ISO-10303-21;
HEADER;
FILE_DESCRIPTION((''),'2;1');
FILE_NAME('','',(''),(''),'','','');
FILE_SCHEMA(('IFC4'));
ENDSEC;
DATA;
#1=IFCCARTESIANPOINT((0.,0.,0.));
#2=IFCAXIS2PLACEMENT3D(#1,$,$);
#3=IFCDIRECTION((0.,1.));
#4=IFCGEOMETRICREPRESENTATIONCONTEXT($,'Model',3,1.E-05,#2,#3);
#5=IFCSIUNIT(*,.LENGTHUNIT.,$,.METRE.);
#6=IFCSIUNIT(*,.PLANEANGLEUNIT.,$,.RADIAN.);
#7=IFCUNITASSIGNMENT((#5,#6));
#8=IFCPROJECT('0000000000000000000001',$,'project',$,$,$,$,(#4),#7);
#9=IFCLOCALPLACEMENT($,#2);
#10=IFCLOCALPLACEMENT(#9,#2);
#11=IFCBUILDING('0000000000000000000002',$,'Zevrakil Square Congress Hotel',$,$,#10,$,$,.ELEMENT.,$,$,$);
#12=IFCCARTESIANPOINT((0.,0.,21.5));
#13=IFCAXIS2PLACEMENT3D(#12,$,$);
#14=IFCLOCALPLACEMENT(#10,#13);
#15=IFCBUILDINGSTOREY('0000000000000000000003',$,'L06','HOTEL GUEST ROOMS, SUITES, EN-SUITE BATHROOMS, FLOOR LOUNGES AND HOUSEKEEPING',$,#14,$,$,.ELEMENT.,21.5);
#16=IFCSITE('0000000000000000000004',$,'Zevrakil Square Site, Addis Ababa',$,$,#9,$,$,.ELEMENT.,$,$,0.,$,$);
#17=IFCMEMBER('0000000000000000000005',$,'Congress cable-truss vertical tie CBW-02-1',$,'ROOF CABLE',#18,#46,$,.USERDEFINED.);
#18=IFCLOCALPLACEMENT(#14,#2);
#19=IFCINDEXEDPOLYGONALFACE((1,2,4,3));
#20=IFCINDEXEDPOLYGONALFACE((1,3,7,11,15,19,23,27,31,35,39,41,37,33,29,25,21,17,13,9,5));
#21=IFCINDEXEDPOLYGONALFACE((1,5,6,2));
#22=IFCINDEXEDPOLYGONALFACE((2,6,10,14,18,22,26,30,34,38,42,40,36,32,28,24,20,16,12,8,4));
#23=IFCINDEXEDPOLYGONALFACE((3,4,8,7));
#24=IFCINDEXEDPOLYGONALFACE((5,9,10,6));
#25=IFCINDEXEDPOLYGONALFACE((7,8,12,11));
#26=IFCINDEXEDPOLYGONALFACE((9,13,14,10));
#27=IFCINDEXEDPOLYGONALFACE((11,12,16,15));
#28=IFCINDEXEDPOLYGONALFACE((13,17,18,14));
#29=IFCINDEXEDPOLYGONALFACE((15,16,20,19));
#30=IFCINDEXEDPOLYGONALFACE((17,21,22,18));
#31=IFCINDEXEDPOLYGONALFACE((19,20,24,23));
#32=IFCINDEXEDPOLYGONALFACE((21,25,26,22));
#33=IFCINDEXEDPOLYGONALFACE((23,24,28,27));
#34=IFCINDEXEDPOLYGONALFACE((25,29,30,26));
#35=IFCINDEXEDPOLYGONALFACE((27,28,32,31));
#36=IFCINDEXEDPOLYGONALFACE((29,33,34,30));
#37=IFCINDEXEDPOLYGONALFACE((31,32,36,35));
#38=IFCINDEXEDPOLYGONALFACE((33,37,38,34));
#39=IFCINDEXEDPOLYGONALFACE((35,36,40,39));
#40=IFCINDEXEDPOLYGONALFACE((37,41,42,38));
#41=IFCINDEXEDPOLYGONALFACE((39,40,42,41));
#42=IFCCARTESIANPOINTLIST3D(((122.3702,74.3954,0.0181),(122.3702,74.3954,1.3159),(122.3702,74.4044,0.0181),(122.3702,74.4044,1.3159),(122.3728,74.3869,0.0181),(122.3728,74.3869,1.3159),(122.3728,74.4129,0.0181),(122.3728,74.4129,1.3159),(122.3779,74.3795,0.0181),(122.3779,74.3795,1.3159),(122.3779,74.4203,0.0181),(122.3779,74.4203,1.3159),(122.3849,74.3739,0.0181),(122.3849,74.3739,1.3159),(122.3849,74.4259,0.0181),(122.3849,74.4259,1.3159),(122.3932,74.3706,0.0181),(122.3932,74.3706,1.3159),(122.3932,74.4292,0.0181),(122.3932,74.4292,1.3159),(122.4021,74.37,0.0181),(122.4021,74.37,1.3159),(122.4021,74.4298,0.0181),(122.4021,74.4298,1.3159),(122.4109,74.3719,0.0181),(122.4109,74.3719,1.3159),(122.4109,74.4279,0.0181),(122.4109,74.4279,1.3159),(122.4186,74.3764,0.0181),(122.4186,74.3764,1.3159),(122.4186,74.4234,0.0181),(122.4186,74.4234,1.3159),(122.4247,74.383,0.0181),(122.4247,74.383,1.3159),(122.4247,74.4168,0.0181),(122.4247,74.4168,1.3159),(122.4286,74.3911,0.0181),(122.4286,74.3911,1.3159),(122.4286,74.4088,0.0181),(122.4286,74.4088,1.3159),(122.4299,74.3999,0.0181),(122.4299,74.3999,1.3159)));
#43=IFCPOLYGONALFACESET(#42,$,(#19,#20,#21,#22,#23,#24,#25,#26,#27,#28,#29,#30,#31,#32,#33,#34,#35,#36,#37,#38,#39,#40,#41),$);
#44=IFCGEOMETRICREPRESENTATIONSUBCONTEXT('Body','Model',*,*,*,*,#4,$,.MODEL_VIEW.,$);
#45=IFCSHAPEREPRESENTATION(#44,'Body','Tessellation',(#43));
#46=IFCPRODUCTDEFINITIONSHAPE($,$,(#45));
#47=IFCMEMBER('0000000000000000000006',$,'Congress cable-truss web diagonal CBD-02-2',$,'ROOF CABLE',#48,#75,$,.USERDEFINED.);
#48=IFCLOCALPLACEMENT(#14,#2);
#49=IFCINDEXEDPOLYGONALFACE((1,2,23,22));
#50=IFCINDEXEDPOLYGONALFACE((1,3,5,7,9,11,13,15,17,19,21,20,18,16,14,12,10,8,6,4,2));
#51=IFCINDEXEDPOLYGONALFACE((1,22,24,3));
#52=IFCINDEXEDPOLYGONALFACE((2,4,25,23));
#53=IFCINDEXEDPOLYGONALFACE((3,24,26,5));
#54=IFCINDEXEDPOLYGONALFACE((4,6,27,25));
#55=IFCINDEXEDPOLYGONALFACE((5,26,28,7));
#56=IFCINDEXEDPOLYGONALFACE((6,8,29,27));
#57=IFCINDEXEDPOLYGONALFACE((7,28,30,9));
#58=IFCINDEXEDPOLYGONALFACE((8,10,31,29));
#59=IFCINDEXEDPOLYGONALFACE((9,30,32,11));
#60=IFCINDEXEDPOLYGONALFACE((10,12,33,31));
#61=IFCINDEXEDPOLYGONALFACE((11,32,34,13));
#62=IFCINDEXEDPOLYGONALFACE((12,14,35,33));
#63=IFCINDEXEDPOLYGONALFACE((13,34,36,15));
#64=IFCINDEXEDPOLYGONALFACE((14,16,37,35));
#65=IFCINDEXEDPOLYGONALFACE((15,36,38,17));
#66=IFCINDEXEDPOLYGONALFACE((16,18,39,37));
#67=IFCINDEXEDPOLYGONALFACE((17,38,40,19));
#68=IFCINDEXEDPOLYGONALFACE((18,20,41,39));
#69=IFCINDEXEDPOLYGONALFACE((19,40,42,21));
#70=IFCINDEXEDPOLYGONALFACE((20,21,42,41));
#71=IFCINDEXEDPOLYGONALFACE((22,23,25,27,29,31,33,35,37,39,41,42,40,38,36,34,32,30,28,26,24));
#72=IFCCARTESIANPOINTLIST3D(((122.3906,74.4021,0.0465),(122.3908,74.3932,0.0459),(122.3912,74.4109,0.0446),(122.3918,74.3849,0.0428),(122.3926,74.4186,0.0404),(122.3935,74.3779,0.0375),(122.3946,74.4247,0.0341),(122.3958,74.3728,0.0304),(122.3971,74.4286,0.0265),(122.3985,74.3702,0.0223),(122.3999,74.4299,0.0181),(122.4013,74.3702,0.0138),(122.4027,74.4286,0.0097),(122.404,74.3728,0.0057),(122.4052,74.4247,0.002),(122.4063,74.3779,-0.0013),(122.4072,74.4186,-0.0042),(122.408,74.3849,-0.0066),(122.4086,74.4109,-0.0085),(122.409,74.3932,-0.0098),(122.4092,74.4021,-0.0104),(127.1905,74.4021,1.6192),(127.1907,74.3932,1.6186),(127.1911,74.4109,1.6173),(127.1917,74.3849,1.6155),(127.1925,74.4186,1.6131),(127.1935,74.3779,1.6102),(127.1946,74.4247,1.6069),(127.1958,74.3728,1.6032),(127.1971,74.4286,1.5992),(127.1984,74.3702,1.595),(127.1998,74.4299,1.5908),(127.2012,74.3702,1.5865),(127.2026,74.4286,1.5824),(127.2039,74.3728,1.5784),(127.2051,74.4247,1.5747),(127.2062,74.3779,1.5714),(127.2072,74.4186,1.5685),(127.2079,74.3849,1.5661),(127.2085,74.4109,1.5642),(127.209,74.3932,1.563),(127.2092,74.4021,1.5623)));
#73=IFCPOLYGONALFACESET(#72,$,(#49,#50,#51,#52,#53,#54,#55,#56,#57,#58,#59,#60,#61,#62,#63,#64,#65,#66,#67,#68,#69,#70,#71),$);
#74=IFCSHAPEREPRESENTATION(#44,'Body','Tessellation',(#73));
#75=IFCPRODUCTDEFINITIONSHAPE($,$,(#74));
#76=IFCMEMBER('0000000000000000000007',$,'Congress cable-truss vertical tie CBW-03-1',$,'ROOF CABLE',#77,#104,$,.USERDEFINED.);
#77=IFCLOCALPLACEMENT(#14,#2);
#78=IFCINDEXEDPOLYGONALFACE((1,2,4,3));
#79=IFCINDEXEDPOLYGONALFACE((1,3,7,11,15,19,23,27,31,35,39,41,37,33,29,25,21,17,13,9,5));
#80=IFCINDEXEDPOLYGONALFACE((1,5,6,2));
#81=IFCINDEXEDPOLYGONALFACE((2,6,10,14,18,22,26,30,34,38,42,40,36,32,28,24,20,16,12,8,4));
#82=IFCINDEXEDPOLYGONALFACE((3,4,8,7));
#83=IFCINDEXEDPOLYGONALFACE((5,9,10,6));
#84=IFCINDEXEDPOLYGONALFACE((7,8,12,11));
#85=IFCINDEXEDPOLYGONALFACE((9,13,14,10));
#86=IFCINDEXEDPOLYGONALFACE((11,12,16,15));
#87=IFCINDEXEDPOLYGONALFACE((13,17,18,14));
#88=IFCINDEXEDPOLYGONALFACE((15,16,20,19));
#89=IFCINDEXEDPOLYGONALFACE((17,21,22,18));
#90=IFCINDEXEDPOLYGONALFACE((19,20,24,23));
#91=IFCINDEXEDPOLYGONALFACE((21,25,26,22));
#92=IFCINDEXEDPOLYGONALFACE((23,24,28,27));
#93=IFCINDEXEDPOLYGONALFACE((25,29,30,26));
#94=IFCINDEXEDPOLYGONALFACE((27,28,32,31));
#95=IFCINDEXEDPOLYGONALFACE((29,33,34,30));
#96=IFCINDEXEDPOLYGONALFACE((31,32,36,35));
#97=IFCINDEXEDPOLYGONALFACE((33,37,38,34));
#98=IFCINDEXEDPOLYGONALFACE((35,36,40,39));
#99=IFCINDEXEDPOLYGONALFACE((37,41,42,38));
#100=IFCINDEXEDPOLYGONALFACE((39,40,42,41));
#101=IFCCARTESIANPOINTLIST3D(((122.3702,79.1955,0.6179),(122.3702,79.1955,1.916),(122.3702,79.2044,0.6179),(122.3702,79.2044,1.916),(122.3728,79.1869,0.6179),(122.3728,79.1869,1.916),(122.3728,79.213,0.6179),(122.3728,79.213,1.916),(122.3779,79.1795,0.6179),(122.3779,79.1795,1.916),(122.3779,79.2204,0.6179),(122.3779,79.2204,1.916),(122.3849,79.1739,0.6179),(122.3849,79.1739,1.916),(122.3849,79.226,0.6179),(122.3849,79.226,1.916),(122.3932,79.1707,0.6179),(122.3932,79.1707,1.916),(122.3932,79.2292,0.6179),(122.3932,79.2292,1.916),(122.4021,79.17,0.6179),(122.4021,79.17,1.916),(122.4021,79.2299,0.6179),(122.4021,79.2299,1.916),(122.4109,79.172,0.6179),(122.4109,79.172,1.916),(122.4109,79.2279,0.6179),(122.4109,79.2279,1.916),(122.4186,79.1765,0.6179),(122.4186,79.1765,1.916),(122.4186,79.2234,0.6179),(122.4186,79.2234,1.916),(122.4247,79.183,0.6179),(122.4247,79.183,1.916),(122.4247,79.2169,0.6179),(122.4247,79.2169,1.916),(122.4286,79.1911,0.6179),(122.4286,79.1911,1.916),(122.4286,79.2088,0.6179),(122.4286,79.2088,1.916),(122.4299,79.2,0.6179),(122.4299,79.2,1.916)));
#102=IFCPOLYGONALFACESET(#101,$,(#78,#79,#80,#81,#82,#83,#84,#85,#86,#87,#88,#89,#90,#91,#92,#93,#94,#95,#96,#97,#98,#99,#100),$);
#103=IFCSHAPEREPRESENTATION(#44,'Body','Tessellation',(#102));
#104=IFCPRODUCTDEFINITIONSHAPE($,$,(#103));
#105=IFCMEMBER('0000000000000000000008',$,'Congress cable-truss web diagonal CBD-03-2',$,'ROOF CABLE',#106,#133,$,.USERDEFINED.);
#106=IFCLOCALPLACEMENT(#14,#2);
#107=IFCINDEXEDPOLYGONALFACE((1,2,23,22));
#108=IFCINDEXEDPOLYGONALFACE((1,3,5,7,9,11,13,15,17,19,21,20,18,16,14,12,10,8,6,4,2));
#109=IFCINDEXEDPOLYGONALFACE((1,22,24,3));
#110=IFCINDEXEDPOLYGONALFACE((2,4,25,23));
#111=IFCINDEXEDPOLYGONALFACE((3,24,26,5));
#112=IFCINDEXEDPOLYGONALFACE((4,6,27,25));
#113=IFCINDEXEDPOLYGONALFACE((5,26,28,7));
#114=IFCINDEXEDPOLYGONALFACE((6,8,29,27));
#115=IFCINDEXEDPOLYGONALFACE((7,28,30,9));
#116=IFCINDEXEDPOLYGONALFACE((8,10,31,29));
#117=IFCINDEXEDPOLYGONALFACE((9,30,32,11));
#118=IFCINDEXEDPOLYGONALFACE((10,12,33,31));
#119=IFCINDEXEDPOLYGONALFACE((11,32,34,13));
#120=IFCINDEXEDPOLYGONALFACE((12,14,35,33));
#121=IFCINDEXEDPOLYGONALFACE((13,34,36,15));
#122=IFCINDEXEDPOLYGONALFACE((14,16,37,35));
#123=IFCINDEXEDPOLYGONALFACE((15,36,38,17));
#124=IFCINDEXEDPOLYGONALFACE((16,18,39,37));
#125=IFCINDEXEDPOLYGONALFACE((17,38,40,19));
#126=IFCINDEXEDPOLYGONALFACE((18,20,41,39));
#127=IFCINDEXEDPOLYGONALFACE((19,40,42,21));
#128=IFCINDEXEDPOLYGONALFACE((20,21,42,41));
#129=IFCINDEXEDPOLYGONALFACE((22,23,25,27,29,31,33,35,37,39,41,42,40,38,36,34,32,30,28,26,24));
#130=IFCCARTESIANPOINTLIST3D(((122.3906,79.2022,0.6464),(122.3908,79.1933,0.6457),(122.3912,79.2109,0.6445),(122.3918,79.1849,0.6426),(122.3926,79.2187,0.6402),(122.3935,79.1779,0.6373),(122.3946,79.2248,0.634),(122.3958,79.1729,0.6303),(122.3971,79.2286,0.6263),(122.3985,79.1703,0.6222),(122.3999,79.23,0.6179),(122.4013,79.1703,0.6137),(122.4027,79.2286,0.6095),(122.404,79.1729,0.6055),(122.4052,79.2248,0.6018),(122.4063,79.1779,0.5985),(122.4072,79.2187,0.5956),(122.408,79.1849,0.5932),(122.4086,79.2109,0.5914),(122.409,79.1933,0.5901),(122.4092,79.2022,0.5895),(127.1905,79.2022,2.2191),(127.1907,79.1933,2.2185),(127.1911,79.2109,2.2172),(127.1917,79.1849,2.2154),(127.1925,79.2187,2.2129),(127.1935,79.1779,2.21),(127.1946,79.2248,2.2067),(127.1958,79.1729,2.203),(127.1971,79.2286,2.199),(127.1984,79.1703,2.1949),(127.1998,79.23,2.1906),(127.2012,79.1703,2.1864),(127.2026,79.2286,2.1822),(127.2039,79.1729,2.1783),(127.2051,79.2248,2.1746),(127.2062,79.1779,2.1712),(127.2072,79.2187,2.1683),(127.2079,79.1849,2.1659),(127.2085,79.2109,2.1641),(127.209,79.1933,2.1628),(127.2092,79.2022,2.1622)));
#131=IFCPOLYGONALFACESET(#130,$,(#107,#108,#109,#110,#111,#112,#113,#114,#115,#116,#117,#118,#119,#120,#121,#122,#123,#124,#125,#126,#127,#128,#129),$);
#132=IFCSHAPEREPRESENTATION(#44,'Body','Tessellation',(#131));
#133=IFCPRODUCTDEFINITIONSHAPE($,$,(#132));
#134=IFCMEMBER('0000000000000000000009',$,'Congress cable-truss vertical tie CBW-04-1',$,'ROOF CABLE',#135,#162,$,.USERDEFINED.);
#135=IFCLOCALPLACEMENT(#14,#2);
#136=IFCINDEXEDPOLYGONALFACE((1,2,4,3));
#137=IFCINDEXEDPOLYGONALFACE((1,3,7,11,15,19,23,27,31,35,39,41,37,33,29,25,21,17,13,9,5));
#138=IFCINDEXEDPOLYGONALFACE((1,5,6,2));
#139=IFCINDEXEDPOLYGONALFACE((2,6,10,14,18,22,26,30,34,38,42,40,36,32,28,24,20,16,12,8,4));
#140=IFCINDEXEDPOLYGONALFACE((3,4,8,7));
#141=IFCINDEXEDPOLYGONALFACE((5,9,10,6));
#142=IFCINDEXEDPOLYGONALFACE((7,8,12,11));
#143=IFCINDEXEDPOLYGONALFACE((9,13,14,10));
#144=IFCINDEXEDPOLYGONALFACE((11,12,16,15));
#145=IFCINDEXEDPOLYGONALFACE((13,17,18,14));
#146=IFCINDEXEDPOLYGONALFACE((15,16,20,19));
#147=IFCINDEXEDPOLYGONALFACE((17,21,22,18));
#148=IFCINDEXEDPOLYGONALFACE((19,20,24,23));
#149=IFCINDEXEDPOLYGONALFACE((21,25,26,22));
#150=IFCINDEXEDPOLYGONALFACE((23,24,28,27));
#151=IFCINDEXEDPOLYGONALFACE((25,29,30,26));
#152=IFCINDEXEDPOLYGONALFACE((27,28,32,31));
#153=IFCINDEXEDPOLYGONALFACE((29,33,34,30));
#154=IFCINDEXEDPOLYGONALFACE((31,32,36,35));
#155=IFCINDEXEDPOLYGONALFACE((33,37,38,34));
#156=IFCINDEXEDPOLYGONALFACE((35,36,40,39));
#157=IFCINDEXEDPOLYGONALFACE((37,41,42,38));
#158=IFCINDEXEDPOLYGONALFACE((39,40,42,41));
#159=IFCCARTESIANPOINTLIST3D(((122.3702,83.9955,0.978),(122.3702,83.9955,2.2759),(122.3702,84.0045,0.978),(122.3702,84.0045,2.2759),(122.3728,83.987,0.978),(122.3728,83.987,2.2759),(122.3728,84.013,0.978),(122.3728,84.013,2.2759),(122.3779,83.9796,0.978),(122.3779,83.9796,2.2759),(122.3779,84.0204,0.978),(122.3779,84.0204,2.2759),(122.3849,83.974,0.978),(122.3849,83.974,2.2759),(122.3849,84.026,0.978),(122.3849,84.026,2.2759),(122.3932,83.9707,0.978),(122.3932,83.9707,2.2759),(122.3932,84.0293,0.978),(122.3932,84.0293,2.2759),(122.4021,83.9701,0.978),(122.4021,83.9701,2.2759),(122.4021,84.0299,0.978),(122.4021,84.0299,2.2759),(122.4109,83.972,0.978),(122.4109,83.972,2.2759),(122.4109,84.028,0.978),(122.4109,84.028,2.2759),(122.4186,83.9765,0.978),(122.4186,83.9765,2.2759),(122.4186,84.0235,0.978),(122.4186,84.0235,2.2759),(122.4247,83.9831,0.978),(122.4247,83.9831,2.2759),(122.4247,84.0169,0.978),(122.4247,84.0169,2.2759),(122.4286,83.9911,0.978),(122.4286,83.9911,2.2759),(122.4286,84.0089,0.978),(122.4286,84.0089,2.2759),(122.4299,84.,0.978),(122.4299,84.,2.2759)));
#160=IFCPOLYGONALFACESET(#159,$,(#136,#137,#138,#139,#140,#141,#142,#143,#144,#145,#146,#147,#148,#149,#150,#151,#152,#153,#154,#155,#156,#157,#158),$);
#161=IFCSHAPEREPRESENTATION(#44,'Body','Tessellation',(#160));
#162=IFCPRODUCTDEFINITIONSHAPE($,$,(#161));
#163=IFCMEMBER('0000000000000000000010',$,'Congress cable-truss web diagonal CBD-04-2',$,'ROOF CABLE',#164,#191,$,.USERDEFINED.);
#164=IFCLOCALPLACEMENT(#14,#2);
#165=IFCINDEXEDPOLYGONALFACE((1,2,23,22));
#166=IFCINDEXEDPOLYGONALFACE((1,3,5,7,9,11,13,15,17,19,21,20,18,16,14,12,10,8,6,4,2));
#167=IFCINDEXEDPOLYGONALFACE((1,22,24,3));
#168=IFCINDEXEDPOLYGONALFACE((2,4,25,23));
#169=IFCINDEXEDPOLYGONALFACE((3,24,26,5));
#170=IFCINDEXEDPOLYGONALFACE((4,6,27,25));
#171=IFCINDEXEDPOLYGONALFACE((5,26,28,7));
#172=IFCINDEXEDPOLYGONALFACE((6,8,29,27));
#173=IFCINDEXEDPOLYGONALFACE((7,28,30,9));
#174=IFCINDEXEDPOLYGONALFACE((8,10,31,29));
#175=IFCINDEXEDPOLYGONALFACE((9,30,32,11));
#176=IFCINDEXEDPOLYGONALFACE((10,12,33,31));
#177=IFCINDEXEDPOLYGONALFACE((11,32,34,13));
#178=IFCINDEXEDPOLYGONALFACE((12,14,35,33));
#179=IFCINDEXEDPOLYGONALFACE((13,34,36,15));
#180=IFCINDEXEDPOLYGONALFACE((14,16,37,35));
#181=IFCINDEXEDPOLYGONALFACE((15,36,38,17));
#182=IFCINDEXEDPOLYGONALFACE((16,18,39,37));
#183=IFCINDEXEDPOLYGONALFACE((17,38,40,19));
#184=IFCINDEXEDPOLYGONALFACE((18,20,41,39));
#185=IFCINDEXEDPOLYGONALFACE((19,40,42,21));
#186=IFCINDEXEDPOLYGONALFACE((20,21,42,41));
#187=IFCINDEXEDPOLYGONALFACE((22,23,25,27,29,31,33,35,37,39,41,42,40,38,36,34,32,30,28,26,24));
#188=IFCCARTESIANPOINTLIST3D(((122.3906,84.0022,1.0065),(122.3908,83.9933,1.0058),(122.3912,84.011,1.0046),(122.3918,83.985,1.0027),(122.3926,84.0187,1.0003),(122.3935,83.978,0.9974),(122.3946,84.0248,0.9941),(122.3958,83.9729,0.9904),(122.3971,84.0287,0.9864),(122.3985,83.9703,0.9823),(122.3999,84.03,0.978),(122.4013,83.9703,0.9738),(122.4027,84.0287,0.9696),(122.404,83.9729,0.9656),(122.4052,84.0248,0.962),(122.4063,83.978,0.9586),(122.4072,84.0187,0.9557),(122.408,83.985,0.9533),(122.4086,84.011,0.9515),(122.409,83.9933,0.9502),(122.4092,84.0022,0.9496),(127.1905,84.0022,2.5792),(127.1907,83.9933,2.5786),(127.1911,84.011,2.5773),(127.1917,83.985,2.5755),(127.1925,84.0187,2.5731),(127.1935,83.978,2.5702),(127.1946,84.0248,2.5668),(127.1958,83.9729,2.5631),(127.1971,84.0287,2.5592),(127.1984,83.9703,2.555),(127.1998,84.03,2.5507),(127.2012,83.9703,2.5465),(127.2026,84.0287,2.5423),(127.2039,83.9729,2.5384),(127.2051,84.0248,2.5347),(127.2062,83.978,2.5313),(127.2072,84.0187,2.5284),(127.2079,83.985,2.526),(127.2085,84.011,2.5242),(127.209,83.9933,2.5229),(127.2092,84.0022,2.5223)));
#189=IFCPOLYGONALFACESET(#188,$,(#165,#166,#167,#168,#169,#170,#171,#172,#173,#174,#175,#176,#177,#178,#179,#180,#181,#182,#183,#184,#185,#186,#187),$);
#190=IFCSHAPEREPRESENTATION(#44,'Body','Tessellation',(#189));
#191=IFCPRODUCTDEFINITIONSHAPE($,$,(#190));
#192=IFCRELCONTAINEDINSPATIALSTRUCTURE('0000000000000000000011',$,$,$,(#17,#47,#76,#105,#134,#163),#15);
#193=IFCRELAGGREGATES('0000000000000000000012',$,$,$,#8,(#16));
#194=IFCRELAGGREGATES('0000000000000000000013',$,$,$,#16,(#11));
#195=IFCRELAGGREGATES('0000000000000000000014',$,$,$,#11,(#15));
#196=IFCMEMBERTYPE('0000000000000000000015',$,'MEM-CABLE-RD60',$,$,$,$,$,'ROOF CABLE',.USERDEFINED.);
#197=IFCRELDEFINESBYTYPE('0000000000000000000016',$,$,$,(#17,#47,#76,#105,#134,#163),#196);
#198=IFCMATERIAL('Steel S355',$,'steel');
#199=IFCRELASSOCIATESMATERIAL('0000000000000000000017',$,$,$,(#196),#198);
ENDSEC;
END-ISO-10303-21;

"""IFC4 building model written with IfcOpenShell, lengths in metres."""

from ifc_helpers import new_model, si_unit, direction, frame, origin, origin_2d, place, context, subcontext, project, spatial, circle, extrude, material, material_profile, profile_set, type_object, element, save


model = new_model("IFC4")

# Units and contexts
model_context = context("Model", 3, precision=1e-05, world=origin(), true_north=direction((0.0, 1.0)))
body_context = subcontext(model_context, "Body", "Model", "MODEL_VIEW")
ifc_project = project(units=[si_unit("LENGTHUNIT", "METRE"), si_unit("PLANEANGLEUNIT", "RADIAN")], contexts=[model_context])

# Site, building, storey
site_placement = place(None, origin())
site = spatial("IfcSite", under=ifc_project, at=site_placement, Name="Zevrakil Square Site, Addis Ababa", CompositionType="ELEMENT", RefElevation=0.0)
building_placement = place(site_placement, origin())
building = spatial("IfcBuilding", under=site, at=building_placement, Name="Zevrakil Square Congress Hotel", CompositionType="ELEMENT")
storey_placement = place(building_placement, frame((0.0, 0.0, 21.5)))
storey = spatial("IfcBuildingStorey", under=building, at=storey_placement, Name="L06", Description="HOTEL GUEST ROOMS, SUITES, EN-SUITE BATHROOMS, FLOOR LOUNGES AND HOUSEKEEPING", CompositionType="ELEMENT", Elevation=21.5)

# Members
ifc_material_1 = material(Name="Steel S355", Category="steel")
ifc_material_profile_1 = material_profile(ifc_material_1, circle(Radius=0.03, at=origin_2d()), Name="CABLE RD60")
ifc_profile_set_1 = profile_set([ifc_material_profile_1], Name="Steel S355")
member_type_1 = type_object("IfcMemberType", Name="MEM-CABLE-RD60", ElementType="ROOF CABLE", PredefinedType="USERDEFINED", material=ifc_profile_set_1)
member_1_placement = place(storey_placement, frame((122.3999, 74.3999, 0.0181), z_axis=(0.0, 0.0, 1.0), x_axis=(1.0, 0.0, 0.0)))
element("IfcMember", 1, at=member_1_placement, inside=storey, type_object=member_type_1, Name="Congress cable-truss vertical tie CBW-02-1", ObjectType="ROOF CABLE", PredefinedType="USERDEFINED", context=body_context, shape_type="SweptSolid", body=[
    extrude(circle(Radius=0.03, at=origin_2d()), origin(), (0.0, 0.0, 1.0), 1.2979),
])
member_2_placement = place(storey_placement, frame((122.3999, 74.3999, 0.0181), z_axis=(0.95029, 0.0, 0.311366), x_axis=(0.0, 1.0, 0.0)))
element("IfcMember", 2, at=member_2_placement, inside=storey, type_object=member_type_1, Name="Congress cable-truss web diagonal CBD-02-2", ObjectType="ROOF CABLE", PredefinedType="USERDEFINED", context=body_context, shape_type="SweptSolid", body=[
    extrude(circle(Radius=0.03, at=origin_2d()), origin(), (0.0, 0.0, 1.0), 5.051),
])
member_3_placement = place(storey_placement, frame((122.3999, 79.2, 0.6179), z_axis=(0.0, 0.0, 1.0), x_axis=(1.0, 0.0, 0.0)))
element("IfcMember", 3, at=member_3_placement, inside=storey, type_object=member_type_1, Name="Congress cable-truss vertical tie CBW-03-1", ObjectType="ROOF CABLE", PredefinedType="USERDEFINED", context=body_context, shape_type="SweptSolid", body=[
    extrude(circle(Radius=0.03, at=origin_2d()), origin(), (0.0, 0.0, 1.0), 1.2981),
])
member_4_placement = place(storey_placement, frame((122.3999, 79.2, 0.6179), z_axis=(0.95029, 0.0, 0.311366), x_axis=(0.0, 1.0, 0.0)))
element("IfcMember", 4, at=member_4_placement, inside=storey, type_object=member_type_1, Name="Congress cable-truss web diagonal CBD-03-2", ObjectType="ROOF CABLE", PredefinedType="USERDEFINED", context=body_context, shape_type="SweptSolid", body=[
    extrude(circle(Radius=0.03, at=origin_2d()), origin(), (0.0, 0.0, 1.0), 5.051),
])
member_5_placement = place(storey_placement, frame((122.3999, 84.0, 0.978), z_axis=(0.0, 0.0, 1.0), x_axis=(1.0, 0.0, 0.0)))
element("IfcMember", 5, at=member_5_placement, inside=storey, type_object=member_type_1, Name="Congress cable-truss vertical tie CBW-04-1", ObjectType="ROOF CABLE", PredefinedType="USERDEFINED", context=body_context, shape_type="SweptSolid", body=[
    extrude(circle(Radius=0.03, at=origin_2d()), origin(), (0.0, 0.0, 1.0), 1.2979),
])
member_6_placement = place(storey_placement, frame((122.3999, 84.0, 0.978), z_axis=(0.95029, 0.0, 0.311366), x_axis=(0.0, 1.0, 0.0)))
element("IfcMember", 6, at=member_6_placement, inside=storey, type_object=member_type_1, Name="Congress cable-truss web diagonal CBD-04-2", ObjectType="ROOF CABLE", PredefinedType="USERDEFINED", context=body_context, shape_type="SweptSolid", body=[
    extrude(circle(Radius=0.03, at=origin_2d()), origin(), (0.0, 0.0, 1.0), 5.051),
])

save(model, "model.ifc")
